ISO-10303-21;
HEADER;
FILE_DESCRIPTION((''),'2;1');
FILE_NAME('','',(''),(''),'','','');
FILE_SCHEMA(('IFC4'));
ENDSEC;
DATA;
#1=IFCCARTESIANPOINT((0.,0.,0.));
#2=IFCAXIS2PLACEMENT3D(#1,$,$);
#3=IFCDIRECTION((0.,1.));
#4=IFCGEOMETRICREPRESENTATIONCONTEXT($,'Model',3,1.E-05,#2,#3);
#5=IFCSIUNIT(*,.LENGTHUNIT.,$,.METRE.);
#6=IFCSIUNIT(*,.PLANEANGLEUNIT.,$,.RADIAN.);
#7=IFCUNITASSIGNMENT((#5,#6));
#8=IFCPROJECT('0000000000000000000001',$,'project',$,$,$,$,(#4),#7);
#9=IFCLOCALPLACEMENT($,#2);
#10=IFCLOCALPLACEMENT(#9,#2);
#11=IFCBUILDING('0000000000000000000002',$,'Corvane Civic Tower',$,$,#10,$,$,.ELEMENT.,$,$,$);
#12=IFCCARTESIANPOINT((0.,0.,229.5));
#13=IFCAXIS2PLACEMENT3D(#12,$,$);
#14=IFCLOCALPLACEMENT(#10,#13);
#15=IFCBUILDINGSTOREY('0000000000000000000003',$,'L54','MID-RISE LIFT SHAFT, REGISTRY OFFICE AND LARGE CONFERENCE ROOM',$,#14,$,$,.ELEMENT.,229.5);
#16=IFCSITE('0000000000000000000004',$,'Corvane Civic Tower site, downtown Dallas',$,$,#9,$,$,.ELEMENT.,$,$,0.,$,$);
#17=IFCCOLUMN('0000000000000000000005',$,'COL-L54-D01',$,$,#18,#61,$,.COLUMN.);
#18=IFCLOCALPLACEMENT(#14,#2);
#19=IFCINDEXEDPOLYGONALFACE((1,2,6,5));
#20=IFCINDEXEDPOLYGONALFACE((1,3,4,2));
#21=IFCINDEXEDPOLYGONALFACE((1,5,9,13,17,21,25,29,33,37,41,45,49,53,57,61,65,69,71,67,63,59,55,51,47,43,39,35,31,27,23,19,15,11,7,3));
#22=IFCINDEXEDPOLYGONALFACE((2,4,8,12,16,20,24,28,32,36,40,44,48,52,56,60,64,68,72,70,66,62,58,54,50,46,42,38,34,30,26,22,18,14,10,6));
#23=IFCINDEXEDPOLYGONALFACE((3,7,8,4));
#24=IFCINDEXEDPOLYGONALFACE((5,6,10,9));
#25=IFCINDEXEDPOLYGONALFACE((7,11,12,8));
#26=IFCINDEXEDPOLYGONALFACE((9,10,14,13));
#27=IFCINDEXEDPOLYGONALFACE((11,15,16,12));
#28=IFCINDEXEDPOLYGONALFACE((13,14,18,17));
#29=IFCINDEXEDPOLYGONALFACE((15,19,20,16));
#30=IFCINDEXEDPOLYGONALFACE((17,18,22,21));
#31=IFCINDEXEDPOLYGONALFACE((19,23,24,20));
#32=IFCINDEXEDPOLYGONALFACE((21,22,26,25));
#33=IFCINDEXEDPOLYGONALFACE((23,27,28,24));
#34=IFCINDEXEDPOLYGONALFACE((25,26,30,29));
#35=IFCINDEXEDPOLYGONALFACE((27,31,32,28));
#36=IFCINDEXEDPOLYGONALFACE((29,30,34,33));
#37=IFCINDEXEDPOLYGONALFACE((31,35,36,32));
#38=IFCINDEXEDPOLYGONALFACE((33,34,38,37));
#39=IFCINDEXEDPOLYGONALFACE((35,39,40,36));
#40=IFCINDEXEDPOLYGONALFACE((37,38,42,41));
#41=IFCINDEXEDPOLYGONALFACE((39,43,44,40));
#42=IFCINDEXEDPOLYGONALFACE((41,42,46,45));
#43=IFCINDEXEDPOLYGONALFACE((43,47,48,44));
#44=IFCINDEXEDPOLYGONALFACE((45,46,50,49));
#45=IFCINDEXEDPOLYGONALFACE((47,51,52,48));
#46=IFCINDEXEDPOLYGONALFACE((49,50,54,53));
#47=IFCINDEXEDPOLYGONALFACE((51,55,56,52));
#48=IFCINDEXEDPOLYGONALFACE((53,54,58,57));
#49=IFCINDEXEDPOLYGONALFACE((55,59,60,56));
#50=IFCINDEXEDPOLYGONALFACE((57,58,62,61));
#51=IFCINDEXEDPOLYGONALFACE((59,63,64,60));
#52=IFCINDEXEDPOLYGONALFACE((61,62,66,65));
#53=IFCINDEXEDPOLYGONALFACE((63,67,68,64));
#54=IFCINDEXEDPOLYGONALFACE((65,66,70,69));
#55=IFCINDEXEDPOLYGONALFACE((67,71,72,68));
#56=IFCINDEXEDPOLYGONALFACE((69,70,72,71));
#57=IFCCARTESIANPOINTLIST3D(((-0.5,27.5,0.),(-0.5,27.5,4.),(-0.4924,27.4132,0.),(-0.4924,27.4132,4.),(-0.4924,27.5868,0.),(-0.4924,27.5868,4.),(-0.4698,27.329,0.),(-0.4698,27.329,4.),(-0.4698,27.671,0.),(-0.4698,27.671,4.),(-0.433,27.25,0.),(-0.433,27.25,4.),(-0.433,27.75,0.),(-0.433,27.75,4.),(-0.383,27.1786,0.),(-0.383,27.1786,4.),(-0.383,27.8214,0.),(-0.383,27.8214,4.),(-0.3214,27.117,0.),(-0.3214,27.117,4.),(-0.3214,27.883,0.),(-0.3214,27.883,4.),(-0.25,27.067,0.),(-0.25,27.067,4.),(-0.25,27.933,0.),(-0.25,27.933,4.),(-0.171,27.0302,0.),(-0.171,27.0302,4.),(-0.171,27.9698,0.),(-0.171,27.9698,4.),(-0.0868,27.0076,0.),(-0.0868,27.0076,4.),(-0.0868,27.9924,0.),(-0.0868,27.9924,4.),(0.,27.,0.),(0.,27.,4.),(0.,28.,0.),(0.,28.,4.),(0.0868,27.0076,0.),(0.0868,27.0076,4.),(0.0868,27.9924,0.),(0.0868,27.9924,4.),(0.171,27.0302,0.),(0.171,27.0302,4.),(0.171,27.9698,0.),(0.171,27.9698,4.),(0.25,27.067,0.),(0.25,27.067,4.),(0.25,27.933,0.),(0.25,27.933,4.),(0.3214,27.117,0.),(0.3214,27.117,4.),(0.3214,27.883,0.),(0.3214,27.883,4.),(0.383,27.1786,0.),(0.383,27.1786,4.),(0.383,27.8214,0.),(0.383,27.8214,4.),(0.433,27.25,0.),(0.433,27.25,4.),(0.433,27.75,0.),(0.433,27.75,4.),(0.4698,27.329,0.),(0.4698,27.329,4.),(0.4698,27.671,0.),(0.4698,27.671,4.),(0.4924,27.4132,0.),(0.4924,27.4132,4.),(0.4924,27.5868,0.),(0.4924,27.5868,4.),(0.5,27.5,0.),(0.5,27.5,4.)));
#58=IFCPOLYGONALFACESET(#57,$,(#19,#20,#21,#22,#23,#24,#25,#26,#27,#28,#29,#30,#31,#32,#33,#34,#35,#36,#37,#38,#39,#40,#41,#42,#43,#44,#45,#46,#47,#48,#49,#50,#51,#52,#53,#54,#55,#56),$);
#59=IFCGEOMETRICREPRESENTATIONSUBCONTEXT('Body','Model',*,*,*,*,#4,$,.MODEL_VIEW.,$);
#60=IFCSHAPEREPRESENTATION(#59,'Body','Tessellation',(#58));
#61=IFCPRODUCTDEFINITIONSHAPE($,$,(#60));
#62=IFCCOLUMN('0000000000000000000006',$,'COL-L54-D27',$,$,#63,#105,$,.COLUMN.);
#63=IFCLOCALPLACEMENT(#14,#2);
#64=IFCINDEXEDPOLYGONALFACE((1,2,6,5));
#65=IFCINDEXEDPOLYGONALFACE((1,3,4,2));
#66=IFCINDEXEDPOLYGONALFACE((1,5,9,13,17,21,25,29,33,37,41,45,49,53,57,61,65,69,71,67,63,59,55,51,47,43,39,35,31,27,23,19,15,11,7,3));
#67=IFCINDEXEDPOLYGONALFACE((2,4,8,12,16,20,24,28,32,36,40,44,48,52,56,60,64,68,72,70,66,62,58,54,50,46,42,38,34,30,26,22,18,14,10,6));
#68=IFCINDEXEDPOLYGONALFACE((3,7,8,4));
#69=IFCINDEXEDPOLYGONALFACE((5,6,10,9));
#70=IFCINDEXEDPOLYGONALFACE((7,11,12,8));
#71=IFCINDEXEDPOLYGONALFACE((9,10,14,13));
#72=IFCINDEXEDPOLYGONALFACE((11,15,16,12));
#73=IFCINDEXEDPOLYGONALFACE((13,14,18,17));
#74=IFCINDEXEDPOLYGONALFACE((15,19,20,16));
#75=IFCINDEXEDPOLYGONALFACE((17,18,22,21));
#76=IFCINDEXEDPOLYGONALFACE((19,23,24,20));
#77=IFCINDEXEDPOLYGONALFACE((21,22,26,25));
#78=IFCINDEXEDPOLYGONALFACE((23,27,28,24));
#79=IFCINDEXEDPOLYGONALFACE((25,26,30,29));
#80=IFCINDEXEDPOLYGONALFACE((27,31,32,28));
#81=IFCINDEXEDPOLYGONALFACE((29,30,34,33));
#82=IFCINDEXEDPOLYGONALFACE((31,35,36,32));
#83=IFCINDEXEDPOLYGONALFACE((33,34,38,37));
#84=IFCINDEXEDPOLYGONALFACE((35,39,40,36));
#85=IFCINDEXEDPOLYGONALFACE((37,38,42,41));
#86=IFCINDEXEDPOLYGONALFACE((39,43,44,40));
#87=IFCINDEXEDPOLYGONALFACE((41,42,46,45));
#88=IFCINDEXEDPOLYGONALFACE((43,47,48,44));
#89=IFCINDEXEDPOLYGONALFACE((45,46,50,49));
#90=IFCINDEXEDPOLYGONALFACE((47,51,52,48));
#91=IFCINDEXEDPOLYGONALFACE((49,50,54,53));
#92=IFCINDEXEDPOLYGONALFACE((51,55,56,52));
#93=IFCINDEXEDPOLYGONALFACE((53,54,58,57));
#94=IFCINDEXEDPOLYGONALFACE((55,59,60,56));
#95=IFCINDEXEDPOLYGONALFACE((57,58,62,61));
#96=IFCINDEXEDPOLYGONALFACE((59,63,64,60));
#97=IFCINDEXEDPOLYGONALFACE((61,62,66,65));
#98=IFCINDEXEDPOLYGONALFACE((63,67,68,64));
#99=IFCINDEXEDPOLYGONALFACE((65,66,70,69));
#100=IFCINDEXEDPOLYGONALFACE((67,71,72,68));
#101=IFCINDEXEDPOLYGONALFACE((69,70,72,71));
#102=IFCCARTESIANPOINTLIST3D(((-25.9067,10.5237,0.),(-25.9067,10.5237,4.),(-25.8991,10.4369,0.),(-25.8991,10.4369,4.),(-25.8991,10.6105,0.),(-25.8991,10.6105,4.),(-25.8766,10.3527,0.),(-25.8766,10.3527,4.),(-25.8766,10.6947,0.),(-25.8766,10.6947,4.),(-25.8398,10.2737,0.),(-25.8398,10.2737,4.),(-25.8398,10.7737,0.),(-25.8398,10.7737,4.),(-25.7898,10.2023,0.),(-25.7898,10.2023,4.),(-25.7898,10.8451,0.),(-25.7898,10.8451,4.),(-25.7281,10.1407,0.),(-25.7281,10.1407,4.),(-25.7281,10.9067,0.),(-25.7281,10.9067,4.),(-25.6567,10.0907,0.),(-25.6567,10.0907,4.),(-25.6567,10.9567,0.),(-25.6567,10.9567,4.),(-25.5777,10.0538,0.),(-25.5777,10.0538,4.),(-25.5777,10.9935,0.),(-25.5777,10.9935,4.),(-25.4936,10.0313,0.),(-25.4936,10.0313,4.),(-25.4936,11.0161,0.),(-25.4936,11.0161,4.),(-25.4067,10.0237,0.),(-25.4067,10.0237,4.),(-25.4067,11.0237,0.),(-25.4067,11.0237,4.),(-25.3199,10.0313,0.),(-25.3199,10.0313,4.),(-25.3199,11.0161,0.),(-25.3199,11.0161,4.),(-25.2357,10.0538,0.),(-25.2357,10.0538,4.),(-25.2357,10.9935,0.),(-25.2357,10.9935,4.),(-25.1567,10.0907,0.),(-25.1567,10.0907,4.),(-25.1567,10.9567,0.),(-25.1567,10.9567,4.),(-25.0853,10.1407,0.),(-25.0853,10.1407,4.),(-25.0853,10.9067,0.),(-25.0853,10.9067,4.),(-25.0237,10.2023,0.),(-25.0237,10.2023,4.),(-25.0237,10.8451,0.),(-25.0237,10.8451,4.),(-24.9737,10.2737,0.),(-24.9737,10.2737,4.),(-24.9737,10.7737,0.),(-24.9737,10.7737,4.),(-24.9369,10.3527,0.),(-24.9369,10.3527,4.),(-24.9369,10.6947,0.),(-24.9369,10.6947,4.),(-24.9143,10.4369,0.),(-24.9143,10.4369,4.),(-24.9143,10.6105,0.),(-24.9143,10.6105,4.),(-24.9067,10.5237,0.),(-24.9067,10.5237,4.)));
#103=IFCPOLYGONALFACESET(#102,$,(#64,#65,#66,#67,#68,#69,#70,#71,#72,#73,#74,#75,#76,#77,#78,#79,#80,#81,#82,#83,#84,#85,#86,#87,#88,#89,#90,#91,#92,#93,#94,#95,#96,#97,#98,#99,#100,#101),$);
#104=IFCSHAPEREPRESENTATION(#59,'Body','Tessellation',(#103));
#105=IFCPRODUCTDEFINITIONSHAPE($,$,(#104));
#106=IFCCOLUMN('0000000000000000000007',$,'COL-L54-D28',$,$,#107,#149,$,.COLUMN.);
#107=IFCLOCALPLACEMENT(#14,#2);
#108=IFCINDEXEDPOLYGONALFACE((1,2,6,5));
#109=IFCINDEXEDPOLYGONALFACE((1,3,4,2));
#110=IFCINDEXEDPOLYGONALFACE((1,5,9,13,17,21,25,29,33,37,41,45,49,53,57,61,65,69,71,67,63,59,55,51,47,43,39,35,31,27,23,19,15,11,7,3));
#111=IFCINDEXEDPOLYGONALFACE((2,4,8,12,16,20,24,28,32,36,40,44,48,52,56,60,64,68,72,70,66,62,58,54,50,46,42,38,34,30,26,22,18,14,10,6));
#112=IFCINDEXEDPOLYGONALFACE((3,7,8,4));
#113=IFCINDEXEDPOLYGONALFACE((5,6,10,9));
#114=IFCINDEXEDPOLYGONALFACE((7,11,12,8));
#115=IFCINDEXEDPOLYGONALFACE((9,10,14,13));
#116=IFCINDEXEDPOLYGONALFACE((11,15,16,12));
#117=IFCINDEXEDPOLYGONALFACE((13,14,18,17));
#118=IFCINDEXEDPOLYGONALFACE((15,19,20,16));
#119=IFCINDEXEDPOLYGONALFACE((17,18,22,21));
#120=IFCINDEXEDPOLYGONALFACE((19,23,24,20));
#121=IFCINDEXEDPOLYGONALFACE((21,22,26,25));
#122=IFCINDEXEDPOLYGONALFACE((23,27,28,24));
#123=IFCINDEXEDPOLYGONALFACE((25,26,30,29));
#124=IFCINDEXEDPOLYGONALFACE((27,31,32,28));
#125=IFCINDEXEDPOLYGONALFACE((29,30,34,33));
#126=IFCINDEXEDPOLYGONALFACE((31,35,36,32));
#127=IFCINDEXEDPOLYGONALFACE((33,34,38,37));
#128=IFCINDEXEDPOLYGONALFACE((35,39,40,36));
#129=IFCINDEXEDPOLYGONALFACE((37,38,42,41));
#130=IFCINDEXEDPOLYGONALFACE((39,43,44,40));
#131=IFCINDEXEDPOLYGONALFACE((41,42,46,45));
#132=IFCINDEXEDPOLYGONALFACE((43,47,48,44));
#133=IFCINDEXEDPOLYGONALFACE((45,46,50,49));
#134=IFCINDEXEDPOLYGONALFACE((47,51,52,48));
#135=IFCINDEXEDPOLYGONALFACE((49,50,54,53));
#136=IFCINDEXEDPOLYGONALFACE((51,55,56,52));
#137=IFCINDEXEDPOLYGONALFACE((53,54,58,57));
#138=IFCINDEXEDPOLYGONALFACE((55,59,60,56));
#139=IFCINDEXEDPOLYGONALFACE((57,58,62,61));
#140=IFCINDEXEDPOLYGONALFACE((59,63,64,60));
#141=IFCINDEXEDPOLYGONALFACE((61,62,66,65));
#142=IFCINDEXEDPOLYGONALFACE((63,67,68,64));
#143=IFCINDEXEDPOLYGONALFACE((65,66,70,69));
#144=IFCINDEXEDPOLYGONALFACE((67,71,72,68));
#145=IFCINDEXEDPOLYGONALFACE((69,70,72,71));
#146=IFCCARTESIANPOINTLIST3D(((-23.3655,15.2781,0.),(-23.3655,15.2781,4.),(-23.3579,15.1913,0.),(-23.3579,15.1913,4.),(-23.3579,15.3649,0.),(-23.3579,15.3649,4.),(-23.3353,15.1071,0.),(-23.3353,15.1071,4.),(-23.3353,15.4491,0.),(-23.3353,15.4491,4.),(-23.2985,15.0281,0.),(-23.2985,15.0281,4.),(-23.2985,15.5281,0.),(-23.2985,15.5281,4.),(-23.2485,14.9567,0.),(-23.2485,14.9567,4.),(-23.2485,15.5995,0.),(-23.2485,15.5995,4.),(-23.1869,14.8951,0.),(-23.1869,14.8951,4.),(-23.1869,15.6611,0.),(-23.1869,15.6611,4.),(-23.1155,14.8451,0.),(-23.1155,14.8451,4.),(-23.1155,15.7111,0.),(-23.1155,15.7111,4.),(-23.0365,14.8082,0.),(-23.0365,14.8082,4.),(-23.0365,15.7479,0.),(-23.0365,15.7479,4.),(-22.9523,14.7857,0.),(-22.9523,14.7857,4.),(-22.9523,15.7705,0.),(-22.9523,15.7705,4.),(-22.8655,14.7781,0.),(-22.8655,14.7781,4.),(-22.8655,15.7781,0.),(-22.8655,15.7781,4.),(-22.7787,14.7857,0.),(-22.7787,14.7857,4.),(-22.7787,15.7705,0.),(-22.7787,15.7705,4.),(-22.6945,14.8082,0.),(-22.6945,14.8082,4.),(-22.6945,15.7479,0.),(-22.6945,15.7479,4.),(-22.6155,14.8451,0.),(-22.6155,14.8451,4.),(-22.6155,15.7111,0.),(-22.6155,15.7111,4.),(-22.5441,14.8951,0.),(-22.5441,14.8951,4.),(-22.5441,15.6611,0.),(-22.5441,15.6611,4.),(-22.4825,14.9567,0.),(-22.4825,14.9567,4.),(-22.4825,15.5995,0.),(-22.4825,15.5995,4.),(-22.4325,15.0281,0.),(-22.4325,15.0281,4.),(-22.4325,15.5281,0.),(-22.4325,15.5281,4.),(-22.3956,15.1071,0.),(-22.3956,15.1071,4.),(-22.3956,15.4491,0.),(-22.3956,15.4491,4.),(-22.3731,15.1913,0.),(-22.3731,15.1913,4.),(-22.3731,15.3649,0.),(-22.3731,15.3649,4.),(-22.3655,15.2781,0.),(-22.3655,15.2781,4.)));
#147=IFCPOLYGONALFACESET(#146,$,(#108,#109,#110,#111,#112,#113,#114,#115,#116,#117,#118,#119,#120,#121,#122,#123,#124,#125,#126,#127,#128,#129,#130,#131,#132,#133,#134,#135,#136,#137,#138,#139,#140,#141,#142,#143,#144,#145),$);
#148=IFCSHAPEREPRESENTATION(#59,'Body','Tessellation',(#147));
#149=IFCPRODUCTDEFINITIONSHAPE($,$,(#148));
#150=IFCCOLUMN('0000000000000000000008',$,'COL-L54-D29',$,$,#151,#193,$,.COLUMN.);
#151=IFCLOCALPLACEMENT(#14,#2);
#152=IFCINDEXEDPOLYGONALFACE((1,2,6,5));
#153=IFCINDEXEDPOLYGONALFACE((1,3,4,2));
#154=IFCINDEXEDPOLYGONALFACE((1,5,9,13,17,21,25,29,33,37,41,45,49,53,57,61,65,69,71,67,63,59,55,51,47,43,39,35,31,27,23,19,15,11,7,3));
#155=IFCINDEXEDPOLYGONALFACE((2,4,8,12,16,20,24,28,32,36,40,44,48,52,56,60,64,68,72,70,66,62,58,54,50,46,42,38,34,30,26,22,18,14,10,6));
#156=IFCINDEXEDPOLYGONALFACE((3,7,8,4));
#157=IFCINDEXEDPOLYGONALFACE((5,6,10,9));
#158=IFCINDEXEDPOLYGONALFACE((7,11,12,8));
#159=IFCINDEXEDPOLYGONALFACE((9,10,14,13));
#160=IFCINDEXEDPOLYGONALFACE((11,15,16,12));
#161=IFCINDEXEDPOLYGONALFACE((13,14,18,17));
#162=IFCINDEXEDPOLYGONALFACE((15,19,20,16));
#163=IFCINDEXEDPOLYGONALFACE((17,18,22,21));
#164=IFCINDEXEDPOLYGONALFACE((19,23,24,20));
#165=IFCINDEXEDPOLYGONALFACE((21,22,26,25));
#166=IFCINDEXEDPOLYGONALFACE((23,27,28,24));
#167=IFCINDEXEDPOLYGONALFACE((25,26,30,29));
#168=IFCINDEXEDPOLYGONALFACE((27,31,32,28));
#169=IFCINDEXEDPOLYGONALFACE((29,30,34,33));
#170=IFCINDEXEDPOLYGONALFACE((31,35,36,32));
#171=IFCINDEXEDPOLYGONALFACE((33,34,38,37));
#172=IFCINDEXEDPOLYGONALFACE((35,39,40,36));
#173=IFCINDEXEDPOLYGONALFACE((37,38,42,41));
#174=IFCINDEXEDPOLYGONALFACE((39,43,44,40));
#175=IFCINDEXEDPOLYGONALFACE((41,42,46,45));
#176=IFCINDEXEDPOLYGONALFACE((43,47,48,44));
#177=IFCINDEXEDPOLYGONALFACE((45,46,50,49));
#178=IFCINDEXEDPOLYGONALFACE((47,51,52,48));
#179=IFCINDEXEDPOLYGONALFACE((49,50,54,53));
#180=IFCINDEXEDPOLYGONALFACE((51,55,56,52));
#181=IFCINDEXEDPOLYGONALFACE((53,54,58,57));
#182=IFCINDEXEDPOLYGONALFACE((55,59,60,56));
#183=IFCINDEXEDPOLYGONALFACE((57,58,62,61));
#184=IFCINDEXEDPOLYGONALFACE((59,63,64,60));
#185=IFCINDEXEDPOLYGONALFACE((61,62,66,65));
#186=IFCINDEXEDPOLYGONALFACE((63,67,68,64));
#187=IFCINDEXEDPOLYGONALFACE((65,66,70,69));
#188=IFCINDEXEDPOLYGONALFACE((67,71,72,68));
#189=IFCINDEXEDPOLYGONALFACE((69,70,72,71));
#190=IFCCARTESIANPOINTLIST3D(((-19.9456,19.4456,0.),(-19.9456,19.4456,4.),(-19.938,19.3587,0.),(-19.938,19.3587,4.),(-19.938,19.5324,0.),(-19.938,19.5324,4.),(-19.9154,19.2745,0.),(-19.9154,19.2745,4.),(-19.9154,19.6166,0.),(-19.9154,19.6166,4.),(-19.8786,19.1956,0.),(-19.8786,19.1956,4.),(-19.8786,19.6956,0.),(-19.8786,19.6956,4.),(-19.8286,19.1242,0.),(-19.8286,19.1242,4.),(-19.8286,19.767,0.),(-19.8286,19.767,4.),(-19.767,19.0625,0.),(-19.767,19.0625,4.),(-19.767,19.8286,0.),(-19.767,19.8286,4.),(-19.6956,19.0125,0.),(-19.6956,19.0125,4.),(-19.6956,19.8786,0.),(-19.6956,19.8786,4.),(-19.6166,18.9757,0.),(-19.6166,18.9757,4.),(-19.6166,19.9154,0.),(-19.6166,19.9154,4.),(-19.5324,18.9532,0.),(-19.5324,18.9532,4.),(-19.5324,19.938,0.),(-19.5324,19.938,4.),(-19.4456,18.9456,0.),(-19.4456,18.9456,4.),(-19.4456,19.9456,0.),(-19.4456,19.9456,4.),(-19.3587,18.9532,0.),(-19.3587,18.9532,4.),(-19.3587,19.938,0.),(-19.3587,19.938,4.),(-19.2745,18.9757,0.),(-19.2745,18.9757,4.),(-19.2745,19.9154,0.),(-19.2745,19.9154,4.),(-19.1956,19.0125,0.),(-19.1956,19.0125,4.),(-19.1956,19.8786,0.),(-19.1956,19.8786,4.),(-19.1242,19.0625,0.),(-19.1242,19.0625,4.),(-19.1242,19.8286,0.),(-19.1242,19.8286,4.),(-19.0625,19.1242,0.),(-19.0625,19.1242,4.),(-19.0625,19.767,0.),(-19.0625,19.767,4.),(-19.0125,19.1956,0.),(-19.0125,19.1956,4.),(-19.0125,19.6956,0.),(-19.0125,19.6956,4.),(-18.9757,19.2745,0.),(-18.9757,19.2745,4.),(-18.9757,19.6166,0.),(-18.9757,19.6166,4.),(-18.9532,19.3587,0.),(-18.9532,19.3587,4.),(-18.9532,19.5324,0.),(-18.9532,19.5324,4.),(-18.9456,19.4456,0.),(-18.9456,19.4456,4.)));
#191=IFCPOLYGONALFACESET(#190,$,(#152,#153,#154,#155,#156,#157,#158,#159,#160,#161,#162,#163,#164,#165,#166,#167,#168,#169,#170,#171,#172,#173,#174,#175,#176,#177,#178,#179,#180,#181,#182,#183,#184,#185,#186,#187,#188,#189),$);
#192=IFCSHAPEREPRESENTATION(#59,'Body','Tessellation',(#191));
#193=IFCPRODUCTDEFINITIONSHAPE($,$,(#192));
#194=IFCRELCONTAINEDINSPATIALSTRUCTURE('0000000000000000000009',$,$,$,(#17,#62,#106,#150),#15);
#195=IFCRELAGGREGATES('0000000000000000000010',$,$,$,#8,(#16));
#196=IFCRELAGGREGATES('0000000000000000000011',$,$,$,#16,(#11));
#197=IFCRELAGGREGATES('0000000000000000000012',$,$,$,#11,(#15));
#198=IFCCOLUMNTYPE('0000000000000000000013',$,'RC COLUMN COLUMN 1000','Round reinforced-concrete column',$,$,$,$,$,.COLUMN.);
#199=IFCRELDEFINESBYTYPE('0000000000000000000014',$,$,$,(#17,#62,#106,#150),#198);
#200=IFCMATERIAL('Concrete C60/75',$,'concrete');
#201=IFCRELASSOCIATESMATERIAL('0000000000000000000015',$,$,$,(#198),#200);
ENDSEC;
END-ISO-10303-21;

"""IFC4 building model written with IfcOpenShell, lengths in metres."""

from ifc_helpers import new_model, si_unit, direction, frame, origin, origin_2d, place, context, subcontext, project, spatial, circle, extrude, material, material_profile, profile_set, type_object, element, save


model = new_model("IFC4")

# Units and contexts
model_context = context("Model", 3, precision=1e-05, world=origin(), true_north=direction((0.0, 1.0)))
body_context = subcontext(model_context, "Body", "Model", "MODEL_VIEW")
ifc_project = project(units=[si_unit("LENGTHUNIT", "METRE"), si_unit("PLANEANGLEUNIT", "RADIAN")], contexts=[model_context])

# Site, building, storey
site_placement = place(None, origin())
site = spatial("IfcSite", under=ifc_project, at=site_placement, Name="Corvane Civic Tower site, downtown Dallas", CompositionType="ELEMENT", RefElevation=0.0)
building_placement = place(site_placement, origin())
building = spatial("IfcBuilding", under=site, at=building_placement, Name="Corvane Civic Tower", CompositionType="ELEMENT")
storey_placement = place(building_placement, frame((0.0, 0.0, 229.5)))
storey = spatial("IfcBuildingStorey", under=building, at=storey_placement, Name="L54", Description="MID-RISE LIFT SHAFT, REGISTRY OFFICE AND LARGE CONFERENCE ROOM", CompositionType="ELEMENT", Elevation=229.5)

# Columns
ifc_material_1 = material(Name="Concrete C60/75", Category="concrete")
ifc_material_profile_1 = material_profile(ifc_material_1, circle(Radius=0.5, at=origin_2d()), Name="COLUMN 1000")
ifc_profile_set_1 = profile_set([ifc_material_profile_1], Name="Concrete C60/75")
column_type = type_object("IfcColumnType", Name="RC COLUMN COLUMN 1000", Description="Round reinforced-concrete column", PredefinedType="COLUMN", material=ifc_profile_set_1)
for number, where, z_axis, x_axis, name in (
    (1, (0.0, 27.5, 0.0), (0.0, 0.0, 1.0), (1.0, 0.0, 0.0), "COL-L54-D01"),
    (2, (-25.4067, 10.5237, 0.0), (0.0, 0.0, 1.0), (1.0, 0.0, 0.0), "COL-L54-D27"),
    (3, (-22.8655, 15.2781, 0.0), (0.0, 0.0, 1.0), (1.0, 0.0, 0.0), "COL-L54-D28"),
    (4, (-19.4456, 19.4456, 0.0), (0.0, 0.0, 1.0), (1.0, 0.0, 0.0), "COL-L54-D29"),
):
    element("IfcColumn", number, at=place(storey_placement, frame(where, z_axis=z_axis, x_axis=x_axis)), inside=storey, type_object=column_type, Name=name, PredefinedType="COLUMN", context=body_context, shape_type="SweptSolid", body=[
        extrude(circle(Radius=0.5, at=origin_2d()), origin(), (0.0, 0.0, 1.0), 4.0),
    ])

save(model, "model.ifc")
